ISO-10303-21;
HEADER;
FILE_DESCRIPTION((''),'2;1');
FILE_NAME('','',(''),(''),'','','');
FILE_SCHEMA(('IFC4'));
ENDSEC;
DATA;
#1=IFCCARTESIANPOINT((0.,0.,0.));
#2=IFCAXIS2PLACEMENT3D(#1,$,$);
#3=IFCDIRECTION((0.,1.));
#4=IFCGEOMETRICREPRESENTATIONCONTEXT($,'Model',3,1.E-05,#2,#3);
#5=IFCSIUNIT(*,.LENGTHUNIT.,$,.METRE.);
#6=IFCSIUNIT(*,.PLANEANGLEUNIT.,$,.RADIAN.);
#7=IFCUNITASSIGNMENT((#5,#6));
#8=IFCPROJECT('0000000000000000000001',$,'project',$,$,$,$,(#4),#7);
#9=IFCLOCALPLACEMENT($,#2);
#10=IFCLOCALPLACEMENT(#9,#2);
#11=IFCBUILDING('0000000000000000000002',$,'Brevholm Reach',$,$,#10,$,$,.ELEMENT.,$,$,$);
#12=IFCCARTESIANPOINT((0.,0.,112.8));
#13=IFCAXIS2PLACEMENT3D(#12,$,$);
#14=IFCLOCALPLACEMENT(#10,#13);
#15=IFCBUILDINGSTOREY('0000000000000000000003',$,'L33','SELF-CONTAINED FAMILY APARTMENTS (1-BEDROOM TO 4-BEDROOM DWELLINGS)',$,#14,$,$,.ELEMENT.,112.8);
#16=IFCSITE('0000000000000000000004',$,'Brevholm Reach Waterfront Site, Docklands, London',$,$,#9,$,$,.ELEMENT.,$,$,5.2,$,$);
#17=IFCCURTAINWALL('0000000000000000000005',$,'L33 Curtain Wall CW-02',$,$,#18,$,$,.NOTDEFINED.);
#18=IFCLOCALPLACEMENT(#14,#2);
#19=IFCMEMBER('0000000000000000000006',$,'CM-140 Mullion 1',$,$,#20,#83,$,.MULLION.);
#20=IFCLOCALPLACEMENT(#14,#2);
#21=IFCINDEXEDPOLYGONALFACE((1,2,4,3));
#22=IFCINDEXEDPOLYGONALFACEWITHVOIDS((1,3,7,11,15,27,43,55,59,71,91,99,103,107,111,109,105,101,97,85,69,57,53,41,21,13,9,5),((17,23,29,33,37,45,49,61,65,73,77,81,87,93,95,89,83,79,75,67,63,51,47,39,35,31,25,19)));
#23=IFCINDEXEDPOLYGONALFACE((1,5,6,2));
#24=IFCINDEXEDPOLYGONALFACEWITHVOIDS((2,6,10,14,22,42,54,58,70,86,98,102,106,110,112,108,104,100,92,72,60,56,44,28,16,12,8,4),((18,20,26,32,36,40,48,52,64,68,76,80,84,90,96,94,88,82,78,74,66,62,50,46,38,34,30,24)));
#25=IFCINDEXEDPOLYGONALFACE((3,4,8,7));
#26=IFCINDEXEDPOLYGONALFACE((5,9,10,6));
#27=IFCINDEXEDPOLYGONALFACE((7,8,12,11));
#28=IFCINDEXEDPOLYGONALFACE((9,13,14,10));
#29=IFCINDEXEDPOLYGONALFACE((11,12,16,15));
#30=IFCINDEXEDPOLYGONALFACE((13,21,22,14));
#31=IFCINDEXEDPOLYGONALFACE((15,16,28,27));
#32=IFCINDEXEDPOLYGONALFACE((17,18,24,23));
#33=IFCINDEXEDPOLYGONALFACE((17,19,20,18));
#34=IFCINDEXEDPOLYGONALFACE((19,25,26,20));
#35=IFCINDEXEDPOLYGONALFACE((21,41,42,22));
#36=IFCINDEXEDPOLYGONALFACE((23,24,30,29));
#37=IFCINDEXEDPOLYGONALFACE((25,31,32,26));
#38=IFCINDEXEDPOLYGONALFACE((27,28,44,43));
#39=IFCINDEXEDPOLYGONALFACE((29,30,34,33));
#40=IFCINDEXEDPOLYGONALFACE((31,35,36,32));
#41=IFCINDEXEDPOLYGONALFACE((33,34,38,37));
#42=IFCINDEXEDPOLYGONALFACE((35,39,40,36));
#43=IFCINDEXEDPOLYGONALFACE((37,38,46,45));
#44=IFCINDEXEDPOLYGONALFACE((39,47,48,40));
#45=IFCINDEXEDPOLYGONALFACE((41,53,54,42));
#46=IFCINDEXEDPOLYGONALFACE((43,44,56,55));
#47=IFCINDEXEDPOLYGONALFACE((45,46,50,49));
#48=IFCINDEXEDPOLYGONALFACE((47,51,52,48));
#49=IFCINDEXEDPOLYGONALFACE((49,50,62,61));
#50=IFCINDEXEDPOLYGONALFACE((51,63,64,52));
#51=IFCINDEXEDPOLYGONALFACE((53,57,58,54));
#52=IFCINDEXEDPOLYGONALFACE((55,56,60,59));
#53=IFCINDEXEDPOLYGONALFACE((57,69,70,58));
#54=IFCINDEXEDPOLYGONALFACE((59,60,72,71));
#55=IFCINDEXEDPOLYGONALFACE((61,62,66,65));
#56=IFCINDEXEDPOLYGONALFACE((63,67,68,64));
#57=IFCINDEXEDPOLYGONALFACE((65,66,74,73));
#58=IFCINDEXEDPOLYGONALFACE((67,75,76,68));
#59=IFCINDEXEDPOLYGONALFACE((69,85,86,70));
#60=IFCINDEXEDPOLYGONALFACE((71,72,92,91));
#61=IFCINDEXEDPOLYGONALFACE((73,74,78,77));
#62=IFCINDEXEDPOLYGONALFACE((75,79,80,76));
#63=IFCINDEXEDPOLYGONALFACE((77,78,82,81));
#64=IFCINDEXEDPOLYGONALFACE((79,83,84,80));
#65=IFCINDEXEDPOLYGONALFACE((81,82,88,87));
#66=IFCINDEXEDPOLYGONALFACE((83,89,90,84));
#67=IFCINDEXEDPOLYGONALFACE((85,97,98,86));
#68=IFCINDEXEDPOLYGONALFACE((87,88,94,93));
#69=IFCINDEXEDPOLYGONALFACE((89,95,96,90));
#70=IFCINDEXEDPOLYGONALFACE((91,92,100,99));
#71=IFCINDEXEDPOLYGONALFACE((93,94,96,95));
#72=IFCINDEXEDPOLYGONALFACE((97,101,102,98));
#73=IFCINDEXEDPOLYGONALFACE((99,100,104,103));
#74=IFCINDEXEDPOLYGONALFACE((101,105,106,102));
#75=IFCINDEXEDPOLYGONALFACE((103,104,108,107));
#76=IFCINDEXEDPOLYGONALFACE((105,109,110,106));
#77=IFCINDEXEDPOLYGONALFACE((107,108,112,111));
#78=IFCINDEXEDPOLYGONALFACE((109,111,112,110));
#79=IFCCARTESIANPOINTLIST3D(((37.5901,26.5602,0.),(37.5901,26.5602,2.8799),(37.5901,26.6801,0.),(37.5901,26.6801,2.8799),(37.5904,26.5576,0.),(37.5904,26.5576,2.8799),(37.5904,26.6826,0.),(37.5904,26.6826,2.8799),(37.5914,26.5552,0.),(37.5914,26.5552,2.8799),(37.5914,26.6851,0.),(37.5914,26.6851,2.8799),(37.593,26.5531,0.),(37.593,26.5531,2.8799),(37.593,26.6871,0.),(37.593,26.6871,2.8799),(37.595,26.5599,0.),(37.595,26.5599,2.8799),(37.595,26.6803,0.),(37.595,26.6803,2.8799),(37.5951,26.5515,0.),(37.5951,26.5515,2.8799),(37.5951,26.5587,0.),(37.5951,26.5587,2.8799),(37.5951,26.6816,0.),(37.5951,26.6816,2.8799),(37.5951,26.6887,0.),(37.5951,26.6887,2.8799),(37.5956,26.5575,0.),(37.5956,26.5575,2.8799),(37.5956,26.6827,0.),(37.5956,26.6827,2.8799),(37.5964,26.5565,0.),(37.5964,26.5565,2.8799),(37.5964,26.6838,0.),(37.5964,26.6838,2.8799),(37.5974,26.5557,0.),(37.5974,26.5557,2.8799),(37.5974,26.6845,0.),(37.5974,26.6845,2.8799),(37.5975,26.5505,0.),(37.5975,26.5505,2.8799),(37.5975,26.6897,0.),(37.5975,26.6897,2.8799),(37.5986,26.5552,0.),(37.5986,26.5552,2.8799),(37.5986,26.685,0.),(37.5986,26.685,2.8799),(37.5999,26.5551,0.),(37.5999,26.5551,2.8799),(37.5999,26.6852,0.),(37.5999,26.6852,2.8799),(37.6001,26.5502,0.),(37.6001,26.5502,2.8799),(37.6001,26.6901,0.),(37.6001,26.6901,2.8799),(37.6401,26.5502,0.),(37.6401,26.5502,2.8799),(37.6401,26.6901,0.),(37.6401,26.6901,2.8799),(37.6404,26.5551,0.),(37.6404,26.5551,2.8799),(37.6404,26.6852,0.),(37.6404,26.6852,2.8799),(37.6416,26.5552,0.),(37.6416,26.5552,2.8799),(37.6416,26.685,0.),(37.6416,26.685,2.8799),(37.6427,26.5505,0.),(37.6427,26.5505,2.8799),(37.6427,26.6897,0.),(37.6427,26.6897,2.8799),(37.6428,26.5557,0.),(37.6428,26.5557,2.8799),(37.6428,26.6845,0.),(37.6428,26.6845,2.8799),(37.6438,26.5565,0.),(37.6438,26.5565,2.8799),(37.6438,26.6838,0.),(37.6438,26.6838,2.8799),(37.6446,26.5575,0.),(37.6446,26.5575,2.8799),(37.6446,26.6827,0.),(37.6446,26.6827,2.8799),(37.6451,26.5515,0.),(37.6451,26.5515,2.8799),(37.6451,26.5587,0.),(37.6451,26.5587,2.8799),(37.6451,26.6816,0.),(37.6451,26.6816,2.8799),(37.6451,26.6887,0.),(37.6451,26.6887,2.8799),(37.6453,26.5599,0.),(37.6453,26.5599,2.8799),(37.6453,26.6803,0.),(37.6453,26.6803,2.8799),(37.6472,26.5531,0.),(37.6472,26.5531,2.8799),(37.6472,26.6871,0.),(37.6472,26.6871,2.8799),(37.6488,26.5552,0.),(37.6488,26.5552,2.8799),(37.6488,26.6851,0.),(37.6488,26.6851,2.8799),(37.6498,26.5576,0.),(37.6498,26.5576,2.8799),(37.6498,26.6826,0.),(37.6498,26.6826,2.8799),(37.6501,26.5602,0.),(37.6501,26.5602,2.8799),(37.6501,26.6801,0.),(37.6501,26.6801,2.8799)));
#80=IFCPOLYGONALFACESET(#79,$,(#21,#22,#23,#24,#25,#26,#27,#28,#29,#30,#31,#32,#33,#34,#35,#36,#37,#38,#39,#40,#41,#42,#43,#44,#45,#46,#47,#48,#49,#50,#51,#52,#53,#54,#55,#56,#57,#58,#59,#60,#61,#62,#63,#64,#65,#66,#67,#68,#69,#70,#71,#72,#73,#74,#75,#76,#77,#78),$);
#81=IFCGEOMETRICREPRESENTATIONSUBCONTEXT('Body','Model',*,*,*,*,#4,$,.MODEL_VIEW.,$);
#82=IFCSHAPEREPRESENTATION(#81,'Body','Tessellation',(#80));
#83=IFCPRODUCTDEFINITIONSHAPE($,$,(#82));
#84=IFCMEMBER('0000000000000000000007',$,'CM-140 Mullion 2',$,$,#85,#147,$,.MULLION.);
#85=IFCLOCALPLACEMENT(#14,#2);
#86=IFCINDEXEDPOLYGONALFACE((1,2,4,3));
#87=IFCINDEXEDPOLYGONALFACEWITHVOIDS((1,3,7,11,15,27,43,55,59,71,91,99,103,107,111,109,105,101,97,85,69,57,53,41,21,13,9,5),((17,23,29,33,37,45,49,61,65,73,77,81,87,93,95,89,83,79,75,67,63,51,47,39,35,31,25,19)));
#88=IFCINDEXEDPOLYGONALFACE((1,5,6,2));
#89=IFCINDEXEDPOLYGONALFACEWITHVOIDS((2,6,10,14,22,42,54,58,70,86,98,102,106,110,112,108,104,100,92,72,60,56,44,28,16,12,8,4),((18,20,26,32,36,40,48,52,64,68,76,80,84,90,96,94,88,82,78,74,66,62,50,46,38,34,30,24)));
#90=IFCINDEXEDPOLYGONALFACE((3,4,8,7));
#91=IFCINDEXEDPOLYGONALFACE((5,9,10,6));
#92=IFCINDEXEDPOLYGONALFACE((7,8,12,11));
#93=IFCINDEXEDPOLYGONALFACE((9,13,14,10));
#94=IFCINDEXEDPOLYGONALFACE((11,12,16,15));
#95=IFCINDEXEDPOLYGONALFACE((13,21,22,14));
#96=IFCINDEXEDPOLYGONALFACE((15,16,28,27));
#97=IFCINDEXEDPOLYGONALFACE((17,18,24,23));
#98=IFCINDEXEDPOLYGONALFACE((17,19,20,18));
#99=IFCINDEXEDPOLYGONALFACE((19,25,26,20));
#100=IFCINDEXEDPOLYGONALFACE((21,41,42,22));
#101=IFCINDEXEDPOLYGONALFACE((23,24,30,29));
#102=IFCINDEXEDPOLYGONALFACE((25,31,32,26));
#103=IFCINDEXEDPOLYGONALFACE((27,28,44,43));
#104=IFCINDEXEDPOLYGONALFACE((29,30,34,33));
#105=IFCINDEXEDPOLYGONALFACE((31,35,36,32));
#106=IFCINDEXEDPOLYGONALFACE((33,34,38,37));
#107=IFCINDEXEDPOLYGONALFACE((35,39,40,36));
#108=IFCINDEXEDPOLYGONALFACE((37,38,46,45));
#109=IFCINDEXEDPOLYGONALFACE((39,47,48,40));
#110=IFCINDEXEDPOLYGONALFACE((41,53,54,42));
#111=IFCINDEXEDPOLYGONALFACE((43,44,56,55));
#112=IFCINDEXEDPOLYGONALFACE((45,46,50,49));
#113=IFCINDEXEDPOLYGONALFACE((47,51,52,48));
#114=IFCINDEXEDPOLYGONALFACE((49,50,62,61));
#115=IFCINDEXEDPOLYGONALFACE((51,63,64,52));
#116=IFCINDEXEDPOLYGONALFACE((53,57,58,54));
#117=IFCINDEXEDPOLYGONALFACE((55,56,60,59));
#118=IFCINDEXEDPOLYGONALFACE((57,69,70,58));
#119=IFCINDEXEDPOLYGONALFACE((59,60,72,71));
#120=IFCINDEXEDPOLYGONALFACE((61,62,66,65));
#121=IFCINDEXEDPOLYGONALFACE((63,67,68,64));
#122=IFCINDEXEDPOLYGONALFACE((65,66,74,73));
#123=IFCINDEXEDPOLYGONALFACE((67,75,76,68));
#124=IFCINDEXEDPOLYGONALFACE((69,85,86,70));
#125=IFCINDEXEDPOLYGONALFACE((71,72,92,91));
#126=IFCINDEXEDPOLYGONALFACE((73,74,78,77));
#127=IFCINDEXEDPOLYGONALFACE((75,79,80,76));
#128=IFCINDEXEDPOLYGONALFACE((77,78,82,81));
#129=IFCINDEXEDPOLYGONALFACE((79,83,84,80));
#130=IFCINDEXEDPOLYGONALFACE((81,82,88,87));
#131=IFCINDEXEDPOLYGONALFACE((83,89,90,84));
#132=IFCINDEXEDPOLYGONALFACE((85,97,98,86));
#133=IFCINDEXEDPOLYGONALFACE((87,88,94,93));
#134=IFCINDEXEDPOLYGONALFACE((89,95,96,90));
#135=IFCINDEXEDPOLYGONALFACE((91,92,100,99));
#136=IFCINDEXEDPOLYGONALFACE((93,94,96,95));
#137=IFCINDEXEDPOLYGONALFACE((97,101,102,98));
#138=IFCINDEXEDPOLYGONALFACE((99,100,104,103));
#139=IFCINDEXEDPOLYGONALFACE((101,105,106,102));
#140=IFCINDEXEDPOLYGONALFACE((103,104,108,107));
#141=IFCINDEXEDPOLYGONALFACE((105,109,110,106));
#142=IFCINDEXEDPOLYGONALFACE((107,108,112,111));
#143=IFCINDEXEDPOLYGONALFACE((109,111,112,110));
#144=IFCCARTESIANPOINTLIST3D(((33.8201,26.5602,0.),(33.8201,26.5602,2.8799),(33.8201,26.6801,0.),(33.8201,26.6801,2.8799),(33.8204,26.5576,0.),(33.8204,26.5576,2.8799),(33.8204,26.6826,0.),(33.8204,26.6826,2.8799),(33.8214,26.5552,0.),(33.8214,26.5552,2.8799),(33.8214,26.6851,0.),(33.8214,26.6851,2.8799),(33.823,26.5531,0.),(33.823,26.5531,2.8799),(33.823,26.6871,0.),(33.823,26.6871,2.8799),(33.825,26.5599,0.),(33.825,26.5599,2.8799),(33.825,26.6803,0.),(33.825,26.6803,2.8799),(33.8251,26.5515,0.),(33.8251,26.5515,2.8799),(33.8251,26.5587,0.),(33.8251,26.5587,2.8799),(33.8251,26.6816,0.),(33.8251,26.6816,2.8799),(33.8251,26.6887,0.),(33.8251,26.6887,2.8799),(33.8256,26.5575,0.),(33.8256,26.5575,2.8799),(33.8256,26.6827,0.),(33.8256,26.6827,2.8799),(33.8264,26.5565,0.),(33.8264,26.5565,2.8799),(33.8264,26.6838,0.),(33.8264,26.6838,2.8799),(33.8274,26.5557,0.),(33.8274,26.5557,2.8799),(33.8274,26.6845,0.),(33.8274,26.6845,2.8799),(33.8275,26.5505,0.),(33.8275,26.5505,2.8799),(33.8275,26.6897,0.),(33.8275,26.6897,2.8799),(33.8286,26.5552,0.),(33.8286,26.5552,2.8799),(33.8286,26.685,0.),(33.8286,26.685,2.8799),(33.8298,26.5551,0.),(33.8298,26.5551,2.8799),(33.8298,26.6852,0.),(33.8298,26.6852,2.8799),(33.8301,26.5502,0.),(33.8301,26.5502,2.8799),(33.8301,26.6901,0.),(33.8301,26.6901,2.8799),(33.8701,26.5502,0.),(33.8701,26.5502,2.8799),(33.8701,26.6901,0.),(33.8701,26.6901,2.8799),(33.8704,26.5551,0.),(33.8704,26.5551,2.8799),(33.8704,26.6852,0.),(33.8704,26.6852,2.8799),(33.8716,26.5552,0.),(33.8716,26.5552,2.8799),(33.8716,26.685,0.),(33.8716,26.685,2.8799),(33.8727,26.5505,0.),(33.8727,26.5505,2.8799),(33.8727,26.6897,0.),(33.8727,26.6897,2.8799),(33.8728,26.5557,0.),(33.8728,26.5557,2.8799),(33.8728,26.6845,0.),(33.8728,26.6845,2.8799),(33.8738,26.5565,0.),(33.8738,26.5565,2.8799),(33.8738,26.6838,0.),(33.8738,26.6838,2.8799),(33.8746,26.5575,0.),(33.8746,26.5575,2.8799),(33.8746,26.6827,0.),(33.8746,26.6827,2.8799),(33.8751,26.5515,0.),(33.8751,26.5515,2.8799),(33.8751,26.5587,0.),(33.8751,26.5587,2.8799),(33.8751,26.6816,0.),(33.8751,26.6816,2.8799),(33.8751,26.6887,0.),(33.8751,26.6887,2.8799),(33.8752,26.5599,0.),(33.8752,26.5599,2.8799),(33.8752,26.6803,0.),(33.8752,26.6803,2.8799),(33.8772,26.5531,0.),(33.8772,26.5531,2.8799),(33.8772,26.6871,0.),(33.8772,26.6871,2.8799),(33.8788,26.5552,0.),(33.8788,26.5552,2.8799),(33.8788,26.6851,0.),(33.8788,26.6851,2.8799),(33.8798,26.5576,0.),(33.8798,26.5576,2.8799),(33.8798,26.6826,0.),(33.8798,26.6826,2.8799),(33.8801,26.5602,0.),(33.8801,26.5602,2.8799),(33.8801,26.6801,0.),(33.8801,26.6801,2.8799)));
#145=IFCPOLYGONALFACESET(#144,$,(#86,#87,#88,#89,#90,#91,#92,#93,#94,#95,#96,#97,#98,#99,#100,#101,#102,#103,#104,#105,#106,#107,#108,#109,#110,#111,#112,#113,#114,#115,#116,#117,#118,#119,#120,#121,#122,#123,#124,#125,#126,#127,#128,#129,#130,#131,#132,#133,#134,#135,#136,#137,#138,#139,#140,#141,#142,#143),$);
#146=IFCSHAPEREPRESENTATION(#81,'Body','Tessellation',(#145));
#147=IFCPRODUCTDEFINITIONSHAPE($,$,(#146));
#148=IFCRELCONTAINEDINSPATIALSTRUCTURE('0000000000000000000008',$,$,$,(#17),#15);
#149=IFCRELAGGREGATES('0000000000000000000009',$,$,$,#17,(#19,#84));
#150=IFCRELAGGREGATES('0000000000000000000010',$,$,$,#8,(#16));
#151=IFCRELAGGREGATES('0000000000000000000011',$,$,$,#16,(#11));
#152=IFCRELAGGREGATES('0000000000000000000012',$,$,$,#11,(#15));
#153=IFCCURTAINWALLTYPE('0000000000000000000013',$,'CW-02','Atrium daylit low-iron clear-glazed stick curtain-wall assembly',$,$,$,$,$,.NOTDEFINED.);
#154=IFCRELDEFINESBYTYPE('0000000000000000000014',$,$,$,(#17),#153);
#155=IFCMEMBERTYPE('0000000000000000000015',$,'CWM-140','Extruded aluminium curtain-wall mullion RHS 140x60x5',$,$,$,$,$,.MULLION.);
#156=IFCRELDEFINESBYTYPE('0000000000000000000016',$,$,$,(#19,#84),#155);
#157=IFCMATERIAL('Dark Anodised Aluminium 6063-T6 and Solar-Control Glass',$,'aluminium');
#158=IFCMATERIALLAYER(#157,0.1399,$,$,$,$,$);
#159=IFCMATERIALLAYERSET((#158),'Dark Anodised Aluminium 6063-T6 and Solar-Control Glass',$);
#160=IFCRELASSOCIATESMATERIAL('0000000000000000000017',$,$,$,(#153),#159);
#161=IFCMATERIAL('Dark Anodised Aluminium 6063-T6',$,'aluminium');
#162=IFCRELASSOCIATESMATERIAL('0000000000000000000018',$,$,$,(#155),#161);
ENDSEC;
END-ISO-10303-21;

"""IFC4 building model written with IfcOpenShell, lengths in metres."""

from ifc_helpers import new_model, si_unit, direction, frame, origin, origin_2d, place, context, subcontext, project, spatial, hollow_rectangle, extrude, material, layer, layer_set, material_profile, profile_set, type_object, element, aggregate, save


model = new_model("IFC4")

# Units and contexts
model_context = context("Model", 3, precision=1e-05, world=origin(), true_north=direction((0.0, 1.0)))
body_context = subcontext(model_context, "Body", "Model", "MODEL_VIEW")
ifc_project = project(units=[si_unit("LENGTHUNIT", "METRE"), si_unit("PLANEANGLEUNIT", "RADIAN")], contexts=[model_context])

# Site, building, storey
site_placement = place(None, origin())
site = spatial("IfcSite", under=ifc_project, at=site_placement, Name="Brevholm Reach Waterfront Site, Docklands, London", CompositionType="ELEMENT", RefElevation=5.2)
building_placement = place(site_placement, origin())
building = spatial("IfcBuilding", under=site, at=building_placement, Name="Brevholm Reach", CompositionType="ELEMENT")
storey_placement = place(building_placement, frame((0.0, 0.0, 112.8)))
storey = spatial("IfcBuildingStorey", under=building, at=storey_placement, Name="L33", Description="SELF-CONTAINED FAMILY APARTMENTS (1-BEDROOM TO 4-BEDROOM DWELLINGS)", CompositionType="ELEMENT", Elevation=112.8)

# Curtain wall, members
ifc_material_1 = material(Name="Dark Anodised Aluminium 6063-T6 and Solar-Control Glass", Category="aluminium")
ifc_layer_1 = layer(ifc_material_1, 0.1399)
ifc_layer_set_1 = layer_set([ifc_layer_1], Name="Dark Anodised Aluminium 6063-T6 and Solar-Control Glass")
curtain_wall_type_1 = type_object("IfcCurtainWallType", Name="CW-02", Description="Atrium daylit low-iron clear-glazed stick curtain-wall assembly", PredefinedType="NOTDEFINED", material=ifc_layer_set_1)
curtain_wall_1_placement = place(storey_placement, origin())
curtain_wall_1 = element("IfcCurtainWall", 1, at=curtain_wall_1_placement, inside=storey, type_object=curtain_wall_type_1, Name="L33 Curtain Wall CW-02", PredefinedType="NOTDEFINED")
ifc_material_2 = material(Name="Dark Anodised Aluminium 6063-T6", Category="aluminium")
ifc_material_profile_1 = material_profile(ifc_material_2, hollow_rectangle(XDim=0.0601, YDim=0.1399, WallThickness=0.0049, InnerFilletRadius=0.0049, OuterFilletRadius=0.01, at=origin_2d()), Name="RHS 140x60x5")
ifc_profile_set_1 = profile_set([ifc_material_profile_1], Name="Dark Anodised Aluminium 6063-T6")
member_type_1 = type_object("IfcMemberType", Name="CWM-140", Description="Extruded aluminium curtain-wall mullion RHS 140x60x5", PredefinedType="MULLION", material=ifc_profile_set_1)
member_1_placement = place(storey_placement, frame((37.6201, 26.6201, 0.0), z_axis=(0.0, 0.0, 1.0), x_axis=(-1.0, 0.0, 0.0)))
member_1 = element("IfcMember", 2, at=member_1_placement, type_object=member_type_1, Name="CM-140 Mullion 1", PredefinedType="MULLION", context=body_context, shape_type="SweptSolid", body=[
    extrude(hollow_rectangle(XDim=0.0601, YDim=0.1399, WallThickness=0.0049, InnerFilletRadius=0.0049, OuterFilletRadius=0.01, at=origin_2d()), origin(), (0.0, 0.0, 1.0), 2.8799),
])
member_2_placement = place(storey_placement, frame((33.8501, 26.6201, 0.0), z_axis=(0.0, 0.0, 1.0), x_axis=(-1.0, 0.0, 0.0)))
member_2 = element("IfcMember", 3, at=member_2_placement, type_object=member_type_1, Name="CM-140 Mullion 2", PredefinedType="MULLION", context=body_context, shape_type="SweptSolid", body=[
    extrude(hollow_rectangle(XDim=0.0601, YDim=0.1399, WallThickness=0.0049, InnerFilletRadius=0.0049, OuterFilletRadius=0.01, at=origin_2d()), origin(), (0.0, 0.0, 1.0), 2.8799),
])

aggregate(curtain_wall_1, [member_1, member_2])

save(model, "model.ifc")
